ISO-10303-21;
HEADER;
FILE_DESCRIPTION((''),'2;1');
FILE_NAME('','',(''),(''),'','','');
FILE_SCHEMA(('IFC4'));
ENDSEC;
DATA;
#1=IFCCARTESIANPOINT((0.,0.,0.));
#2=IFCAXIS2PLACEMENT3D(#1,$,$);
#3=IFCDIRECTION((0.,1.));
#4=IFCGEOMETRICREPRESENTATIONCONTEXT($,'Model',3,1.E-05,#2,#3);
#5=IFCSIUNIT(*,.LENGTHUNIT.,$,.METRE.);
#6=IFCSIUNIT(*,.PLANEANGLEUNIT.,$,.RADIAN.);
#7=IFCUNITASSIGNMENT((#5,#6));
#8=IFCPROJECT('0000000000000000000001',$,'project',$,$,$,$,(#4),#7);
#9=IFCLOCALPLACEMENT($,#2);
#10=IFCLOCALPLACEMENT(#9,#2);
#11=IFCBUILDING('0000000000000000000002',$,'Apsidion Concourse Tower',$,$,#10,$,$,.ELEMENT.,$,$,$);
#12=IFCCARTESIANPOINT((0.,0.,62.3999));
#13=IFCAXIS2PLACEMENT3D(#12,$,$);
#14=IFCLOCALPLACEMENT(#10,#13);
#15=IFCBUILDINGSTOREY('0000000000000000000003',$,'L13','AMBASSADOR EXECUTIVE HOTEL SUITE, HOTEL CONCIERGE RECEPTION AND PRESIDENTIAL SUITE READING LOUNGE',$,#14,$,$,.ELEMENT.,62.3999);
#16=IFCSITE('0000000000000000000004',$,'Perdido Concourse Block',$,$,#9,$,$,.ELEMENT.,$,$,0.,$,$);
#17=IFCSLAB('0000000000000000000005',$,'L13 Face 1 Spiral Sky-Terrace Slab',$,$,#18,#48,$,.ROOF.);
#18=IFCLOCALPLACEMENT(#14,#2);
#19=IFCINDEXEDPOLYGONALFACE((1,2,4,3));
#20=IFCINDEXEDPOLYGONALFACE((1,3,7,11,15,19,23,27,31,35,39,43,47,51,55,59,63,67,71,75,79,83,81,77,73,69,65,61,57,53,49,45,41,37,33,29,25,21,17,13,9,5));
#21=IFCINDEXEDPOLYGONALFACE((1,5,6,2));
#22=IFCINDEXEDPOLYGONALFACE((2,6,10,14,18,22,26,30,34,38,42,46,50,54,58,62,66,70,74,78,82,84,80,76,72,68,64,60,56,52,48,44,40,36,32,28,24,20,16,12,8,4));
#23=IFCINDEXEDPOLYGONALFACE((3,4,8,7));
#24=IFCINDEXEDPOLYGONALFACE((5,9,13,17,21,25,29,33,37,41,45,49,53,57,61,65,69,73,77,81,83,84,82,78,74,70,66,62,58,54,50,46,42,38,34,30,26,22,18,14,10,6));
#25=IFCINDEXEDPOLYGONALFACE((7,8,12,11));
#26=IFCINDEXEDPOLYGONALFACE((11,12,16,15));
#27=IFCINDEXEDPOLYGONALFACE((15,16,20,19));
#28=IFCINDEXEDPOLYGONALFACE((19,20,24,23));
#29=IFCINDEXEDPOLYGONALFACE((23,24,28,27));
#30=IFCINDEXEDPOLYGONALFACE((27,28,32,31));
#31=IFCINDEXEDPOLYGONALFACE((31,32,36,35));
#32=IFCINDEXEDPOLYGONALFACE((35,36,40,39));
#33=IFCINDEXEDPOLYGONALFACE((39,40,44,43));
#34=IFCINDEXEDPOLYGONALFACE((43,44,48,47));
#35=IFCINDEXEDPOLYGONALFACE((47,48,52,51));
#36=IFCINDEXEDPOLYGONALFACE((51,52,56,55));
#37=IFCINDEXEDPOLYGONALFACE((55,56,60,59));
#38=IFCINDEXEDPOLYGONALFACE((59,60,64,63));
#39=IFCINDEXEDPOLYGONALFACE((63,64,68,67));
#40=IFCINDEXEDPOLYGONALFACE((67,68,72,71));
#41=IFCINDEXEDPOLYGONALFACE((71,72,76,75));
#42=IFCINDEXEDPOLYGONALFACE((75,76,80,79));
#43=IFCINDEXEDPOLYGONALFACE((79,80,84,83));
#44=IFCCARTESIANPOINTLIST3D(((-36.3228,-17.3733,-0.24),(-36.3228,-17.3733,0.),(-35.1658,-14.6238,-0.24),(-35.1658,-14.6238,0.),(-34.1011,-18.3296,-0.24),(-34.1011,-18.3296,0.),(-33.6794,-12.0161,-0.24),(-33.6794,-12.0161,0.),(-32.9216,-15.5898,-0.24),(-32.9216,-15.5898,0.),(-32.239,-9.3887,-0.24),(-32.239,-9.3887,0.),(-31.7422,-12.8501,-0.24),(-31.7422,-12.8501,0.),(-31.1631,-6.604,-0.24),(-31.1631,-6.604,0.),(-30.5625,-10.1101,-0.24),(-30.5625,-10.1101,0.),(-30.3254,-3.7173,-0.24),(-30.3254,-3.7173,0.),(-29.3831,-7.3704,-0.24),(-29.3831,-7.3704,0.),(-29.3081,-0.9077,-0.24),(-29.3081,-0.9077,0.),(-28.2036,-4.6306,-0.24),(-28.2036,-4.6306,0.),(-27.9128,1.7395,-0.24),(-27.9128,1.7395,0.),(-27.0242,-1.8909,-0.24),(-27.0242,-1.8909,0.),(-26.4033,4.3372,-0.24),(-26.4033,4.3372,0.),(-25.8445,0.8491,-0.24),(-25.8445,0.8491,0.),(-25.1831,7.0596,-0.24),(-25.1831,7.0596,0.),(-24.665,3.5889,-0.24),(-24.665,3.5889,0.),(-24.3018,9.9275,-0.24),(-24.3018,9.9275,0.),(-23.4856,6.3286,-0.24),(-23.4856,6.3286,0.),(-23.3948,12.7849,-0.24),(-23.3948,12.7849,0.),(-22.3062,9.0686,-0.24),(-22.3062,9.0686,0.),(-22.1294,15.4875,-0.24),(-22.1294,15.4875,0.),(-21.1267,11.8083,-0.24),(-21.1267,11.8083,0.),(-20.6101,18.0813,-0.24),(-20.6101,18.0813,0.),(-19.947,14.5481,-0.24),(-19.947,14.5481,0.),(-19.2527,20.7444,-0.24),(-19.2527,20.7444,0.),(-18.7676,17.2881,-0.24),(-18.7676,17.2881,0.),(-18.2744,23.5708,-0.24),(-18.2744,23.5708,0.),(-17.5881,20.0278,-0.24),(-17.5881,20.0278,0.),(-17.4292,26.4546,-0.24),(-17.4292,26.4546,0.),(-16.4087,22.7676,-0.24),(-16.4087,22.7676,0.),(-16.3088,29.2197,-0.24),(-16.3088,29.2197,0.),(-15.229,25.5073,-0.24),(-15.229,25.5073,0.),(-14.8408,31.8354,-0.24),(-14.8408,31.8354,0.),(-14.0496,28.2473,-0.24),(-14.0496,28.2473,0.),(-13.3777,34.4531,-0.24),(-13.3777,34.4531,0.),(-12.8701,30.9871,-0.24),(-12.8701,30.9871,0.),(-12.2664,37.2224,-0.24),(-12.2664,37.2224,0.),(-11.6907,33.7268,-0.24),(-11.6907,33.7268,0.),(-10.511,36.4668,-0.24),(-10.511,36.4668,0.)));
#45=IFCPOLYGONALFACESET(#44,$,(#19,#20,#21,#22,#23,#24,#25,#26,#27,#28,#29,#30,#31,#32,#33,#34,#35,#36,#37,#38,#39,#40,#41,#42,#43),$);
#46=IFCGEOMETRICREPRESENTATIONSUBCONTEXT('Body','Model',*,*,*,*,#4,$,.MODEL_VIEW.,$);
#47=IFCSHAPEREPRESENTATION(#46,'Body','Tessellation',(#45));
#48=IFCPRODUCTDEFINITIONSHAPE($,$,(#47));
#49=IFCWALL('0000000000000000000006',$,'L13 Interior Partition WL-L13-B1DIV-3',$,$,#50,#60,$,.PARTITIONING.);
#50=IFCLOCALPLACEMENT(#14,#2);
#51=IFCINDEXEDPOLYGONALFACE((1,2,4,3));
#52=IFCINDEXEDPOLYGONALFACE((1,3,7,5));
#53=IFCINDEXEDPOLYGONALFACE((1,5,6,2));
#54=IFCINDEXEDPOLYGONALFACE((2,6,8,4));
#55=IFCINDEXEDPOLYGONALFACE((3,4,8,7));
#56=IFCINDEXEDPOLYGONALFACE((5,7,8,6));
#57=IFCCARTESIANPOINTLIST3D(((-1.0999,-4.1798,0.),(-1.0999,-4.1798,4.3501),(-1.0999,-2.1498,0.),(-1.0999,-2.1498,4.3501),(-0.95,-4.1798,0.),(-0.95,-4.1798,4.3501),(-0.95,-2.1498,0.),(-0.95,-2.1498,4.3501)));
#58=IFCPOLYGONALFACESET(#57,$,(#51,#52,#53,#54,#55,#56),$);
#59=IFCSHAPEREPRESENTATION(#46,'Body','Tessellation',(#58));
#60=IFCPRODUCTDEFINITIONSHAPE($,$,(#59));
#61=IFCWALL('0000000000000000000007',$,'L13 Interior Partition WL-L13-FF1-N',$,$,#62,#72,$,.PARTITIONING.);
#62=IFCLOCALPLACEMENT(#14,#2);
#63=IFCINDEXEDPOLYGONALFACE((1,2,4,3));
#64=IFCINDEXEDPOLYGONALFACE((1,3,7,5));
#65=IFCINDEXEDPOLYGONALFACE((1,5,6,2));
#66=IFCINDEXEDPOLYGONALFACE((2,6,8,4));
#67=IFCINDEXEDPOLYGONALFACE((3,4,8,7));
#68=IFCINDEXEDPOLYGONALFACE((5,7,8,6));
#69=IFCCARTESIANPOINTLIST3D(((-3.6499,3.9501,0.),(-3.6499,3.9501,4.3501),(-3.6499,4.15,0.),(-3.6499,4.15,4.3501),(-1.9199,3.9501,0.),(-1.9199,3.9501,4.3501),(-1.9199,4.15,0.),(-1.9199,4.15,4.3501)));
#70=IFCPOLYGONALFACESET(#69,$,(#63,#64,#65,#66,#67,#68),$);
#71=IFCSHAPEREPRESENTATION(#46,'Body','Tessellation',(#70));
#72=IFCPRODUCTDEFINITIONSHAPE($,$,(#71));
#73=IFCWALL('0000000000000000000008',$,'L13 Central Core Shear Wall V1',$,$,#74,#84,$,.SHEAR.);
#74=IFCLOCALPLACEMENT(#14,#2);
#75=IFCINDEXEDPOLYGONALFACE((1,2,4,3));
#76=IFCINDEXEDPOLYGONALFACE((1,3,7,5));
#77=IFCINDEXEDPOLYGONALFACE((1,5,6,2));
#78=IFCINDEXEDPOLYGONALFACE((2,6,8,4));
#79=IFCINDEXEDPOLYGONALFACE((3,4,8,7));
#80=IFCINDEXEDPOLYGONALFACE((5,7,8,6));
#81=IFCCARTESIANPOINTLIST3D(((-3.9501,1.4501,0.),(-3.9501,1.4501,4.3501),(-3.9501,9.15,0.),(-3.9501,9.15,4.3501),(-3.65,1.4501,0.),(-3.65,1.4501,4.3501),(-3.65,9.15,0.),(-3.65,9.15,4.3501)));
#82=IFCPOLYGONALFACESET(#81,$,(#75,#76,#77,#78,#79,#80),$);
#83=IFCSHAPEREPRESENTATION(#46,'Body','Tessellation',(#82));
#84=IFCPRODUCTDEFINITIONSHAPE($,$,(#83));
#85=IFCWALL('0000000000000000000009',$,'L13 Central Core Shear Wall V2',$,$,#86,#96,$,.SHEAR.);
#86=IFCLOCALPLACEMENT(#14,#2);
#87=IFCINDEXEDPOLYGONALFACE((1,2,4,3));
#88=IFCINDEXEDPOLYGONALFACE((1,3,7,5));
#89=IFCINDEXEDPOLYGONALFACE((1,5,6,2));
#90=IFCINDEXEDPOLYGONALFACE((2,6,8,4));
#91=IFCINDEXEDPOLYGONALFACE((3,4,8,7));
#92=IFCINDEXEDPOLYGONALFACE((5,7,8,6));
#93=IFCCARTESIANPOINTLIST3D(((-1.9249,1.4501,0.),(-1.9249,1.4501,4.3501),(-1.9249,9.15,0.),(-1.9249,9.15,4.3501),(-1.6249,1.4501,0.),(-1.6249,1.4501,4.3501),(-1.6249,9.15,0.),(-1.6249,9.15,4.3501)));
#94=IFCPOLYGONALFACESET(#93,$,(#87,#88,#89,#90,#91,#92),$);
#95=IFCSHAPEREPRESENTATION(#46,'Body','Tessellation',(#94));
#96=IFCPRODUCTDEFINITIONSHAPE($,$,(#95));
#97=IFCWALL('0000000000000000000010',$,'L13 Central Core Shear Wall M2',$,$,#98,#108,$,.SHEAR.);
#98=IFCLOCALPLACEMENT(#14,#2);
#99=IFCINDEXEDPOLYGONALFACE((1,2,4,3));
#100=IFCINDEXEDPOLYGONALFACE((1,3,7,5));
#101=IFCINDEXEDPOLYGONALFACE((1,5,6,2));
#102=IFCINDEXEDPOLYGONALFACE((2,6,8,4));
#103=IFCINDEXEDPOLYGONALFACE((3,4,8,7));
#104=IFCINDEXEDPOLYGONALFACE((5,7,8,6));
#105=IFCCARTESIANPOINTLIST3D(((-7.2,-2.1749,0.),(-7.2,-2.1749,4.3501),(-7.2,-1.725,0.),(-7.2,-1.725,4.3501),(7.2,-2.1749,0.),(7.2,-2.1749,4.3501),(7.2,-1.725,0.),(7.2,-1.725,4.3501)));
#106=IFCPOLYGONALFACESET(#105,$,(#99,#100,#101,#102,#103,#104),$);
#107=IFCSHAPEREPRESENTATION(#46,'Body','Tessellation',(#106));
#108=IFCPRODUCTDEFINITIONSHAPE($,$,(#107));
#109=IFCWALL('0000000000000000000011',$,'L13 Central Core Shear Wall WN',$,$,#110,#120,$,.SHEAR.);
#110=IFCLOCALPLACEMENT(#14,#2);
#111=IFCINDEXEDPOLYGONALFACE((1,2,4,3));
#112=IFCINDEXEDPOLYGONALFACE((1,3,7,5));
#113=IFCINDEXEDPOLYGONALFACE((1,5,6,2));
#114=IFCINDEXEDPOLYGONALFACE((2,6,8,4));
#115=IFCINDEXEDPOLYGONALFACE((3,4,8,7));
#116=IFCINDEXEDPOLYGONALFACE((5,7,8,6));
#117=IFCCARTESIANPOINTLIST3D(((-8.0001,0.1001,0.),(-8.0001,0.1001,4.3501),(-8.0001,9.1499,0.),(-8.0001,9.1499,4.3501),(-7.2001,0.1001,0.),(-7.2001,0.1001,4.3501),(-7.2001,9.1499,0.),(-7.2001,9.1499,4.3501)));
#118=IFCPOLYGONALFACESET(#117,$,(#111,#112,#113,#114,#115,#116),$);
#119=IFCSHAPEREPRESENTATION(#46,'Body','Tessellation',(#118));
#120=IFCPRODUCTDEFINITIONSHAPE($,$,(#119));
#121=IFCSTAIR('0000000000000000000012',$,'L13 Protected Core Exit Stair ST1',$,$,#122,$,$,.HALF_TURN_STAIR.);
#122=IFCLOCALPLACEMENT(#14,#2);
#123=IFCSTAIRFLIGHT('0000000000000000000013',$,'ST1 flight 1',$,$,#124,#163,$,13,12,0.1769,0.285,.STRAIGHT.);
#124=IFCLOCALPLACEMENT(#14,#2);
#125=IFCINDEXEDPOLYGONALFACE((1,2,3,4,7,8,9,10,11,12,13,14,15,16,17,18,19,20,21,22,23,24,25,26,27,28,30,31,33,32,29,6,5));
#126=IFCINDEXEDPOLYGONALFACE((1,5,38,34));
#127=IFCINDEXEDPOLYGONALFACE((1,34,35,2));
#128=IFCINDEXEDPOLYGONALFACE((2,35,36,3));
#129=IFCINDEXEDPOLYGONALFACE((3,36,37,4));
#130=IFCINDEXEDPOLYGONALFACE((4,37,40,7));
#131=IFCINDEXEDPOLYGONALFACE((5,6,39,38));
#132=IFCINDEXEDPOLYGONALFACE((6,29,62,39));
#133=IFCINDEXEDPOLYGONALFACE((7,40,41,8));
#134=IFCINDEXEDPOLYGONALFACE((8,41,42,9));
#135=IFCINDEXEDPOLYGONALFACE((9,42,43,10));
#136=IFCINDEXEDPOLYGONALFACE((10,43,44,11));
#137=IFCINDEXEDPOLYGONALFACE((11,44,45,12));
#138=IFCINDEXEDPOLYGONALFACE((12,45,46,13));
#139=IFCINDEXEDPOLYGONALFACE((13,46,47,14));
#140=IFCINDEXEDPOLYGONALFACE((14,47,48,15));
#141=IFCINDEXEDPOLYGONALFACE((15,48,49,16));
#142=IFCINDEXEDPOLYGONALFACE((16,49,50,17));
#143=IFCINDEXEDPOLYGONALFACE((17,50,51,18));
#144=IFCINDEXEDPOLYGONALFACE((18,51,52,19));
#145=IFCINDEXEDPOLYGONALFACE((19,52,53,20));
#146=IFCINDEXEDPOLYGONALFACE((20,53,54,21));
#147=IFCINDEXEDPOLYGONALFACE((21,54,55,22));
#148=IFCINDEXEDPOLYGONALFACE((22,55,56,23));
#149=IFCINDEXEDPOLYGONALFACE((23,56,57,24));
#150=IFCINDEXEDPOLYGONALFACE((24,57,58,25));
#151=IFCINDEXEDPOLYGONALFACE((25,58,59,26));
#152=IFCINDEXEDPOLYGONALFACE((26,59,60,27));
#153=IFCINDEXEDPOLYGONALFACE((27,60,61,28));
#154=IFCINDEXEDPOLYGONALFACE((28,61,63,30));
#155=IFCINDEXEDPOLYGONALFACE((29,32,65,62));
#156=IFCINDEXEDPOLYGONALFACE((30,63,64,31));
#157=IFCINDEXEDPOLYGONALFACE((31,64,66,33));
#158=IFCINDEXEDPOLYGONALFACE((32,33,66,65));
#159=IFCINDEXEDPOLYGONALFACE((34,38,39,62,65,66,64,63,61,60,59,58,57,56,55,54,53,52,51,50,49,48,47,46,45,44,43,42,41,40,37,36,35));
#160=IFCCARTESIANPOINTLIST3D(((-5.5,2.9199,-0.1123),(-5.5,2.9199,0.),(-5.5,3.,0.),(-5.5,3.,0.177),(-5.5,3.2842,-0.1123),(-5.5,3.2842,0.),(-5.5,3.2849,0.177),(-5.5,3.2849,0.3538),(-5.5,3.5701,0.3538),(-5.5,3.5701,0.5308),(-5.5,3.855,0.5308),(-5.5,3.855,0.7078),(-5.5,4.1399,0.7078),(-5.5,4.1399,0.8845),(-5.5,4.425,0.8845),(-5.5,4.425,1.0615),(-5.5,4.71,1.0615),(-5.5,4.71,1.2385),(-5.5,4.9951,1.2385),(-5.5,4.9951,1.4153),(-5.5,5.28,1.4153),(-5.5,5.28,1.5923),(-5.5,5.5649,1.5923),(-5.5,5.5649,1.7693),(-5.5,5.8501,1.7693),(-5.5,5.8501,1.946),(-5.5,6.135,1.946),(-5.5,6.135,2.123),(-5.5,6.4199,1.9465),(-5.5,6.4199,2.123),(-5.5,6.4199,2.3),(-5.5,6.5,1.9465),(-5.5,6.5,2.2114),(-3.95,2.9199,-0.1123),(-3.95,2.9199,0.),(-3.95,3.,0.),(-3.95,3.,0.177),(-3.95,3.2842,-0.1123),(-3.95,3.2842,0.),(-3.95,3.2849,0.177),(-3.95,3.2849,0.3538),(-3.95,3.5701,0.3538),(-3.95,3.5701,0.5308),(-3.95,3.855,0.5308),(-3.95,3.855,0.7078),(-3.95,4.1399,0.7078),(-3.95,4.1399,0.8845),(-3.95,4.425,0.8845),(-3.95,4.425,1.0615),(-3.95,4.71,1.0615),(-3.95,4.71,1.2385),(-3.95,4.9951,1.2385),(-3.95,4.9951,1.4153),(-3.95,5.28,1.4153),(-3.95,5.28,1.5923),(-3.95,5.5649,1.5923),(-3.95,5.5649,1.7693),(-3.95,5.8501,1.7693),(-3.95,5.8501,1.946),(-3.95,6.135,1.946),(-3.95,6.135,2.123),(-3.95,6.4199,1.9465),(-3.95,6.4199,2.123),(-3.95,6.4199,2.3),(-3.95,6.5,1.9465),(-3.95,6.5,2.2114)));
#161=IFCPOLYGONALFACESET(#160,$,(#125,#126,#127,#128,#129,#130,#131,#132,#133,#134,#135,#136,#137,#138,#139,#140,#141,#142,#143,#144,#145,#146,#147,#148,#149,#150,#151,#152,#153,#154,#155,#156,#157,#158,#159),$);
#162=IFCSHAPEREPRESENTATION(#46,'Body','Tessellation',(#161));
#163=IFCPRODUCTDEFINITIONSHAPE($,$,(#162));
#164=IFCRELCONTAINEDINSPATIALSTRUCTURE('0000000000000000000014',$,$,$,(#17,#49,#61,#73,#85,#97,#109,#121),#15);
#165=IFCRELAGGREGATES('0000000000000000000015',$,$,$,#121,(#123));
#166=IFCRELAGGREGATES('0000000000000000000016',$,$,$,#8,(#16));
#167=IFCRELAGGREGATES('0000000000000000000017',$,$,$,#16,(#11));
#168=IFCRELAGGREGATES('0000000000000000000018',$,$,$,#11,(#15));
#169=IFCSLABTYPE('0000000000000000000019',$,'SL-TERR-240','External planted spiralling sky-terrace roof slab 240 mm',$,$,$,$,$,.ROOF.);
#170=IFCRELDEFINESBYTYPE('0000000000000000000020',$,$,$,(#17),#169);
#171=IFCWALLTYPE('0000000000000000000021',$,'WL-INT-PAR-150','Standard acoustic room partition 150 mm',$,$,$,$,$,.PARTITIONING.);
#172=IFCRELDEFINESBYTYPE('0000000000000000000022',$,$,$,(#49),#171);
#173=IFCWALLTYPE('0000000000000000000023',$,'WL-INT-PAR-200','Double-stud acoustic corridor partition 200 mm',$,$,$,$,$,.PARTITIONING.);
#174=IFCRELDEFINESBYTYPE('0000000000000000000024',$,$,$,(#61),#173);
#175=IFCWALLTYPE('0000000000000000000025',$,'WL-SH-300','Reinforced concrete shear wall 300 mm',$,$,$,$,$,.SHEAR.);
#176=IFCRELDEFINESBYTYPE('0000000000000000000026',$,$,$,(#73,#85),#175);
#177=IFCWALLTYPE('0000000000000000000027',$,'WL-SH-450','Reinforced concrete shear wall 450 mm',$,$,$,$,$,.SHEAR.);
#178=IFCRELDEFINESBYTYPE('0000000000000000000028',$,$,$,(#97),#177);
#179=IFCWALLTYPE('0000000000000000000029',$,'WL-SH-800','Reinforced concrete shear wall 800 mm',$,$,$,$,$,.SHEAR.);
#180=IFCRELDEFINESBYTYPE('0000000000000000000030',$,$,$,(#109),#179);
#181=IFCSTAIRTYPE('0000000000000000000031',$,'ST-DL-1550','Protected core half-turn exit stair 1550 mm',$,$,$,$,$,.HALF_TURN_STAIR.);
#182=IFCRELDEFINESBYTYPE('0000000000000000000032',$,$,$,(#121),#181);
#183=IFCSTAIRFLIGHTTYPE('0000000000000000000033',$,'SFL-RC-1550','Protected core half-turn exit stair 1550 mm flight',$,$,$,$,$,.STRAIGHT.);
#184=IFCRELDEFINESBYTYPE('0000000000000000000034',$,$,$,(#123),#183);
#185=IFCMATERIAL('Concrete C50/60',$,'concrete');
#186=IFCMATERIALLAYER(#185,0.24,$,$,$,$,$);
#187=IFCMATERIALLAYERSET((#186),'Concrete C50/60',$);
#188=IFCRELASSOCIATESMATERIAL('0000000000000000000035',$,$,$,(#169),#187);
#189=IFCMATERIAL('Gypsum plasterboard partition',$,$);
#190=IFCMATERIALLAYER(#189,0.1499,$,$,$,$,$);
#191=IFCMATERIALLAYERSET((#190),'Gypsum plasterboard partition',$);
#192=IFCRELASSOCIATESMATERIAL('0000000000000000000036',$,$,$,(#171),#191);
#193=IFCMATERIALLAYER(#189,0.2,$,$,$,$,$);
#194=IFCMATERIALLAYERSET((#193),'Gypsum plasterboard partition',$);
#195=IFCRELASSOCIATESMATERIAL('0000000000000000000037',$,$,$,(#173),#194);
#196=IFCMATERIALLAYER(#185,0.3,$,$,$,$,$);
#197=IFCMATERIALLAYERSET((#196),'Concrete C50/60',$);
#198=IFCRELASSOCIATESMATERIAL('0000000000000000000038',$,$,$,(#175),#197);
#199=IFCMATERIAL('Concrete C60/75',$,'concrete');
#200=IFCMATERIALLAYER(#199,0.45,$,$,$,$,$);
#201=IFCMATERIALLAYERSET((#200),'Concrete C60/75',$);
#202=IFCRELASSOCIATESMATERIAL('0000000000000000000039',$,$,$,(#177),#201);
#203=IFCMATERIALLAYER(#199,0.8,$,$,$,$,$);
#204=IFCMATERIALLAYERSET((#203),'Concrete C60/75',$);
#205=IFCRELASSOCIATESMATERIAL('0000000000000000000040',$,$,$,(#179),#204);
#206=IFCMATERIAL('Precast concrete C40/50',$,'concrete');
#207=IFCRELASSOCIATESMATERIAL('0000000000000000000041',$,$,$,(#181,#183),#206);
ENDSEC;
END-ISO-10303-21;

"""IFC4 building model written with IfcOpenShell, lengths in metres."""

from ifc_helpers import new_model, si_unit, direction, frame, frame_2d, origin, place, context, subcontext, project, spatial, polyline, rectangle, outline, extrude, material, layer, layer_set, type_object, element, aggregate, save


model = new_model("IFC4")

# Units and contexts
model_context = context("Model", 3, precision=1e-05, world=origin(), true_north=direction((0.0, 1.0)))
body_context = subcontext(model_context, "Body", "Model", "MODEL_VIEW")
ifc_project = project(units=[si_unit("LENGTHUNIT", "METRE"), si_unit("PLANEANGLEUNIT", "RADIAN")], contexts=[model_context])

# Site, building, storey
site_placement = place(None, origin())
site = spatial("IfcSite", under=ifc_project, at=site_placement, Name="Perdido Concourse Block", CompositionType="ELEMENT", RefElevation=0.0)
building_placement = place(site_placement, origin())
building = spatial("IfcBuilding", under=site, at=building_placement, Name="Apsidion Concourse Tower", CompositionType="ELEMENT")
storey_placement = place(building_placement, frame((0.0, 0.0, 62.3999)))
storey = spatial("IfcBuildingStorey", under=building, at=storey_placement, Name="L13", Description="AMBASSADOR EXECUTIVE HOTEL SUITE, HOTEL CONCIERGE RECEPTION AND PRESIDENTIAL SUITE READING LOUNGE", CompositionType="ELEMENT", Elevation=62.3999)

# Shared definitions
ifc_material_1 = material(Name="Concrete C60/75", Category="concrete")

# Slab
ifc_material_2 = material(Name="Concrete C50/60", Category="concrete")
ifc_layer_1 = layer(ifc_material_2, 0.24)
ifc_layer_set_1 = layer_set([ifc_layer_1], Name="Concrete C50/60")
slab_type_1 = type_object("IfcSlabType", Name="SL-TERR-240", Description="External planted spiralling sky-terrace roof slab 240 mm", PredefinedType="ROOF", material=ifc_layer_set_1)
slab_1_placement = place(storey_placement, frame((0.0, 0.0, -0.24)))
element("IfcSlab", 1, at=slab_1_placement, inside=storey, type_object=slab_type_1, Name="L13 Face 1 Spiral Sky-Terrace Slab", PredefinedType="ROOF", context=body_context, shape_type="SweptSolid", body=[
    extrude(outline(polyline([(-10.511, 36.4668), (-11.6907, 33.7268), (-12.8701, 30.9871), (-14.0496, 28.2473), (-15.229, 25.5073), (-16.4087, 22.7676), (-17.5881, 20.0278), (-18.7676, 17.2881), (-19.947, 14.5481), (-21.1267, 11.8083), (-22.3062, 9.0686), (-23.4856, 6.3286), (-24.665, 3.5889), (-25.8445, 0.8491), (-27.0242, -1.8909), (-28.2036, -4.6306), (-29.3831, -7.3704), (-30.5625, -10.1101), (-31.7422, -12.8501), (-32.9216, -15.5898), (-34.1011, -18.3296), (-36.3228, -17.3733), (-35.1658, -14.6238), (-33.6794, -12.0161), (-32.239, -9.3887), (-31.1631, -6.604), (-30.3254, -3.7173), (-29.3081, -0.9077), (-27.9128, 1.7395), (-26.4033, 4.3372), (-25.1831, 7.0596), (-24.3018, 9.9275), (-23.3948, 12.7849), (-22.1294, 15.4875), (-20.6101, 18.0813), (-19.2527, 20.7444), (-18.2744, 23.5708), (-17.4292, 26.4546), (-16.3088, 29.2197), (-14.8408, 31.8354), (-13.3777, 34.4531), (-12.2664, 37.2224), (-10.511, 36.4668)])), origin(), (0.0, 0.0, 1.0), 0.24),
])

# Walls
ifc_material_3 = material(Name="Gypsum plasterboard partition")
ifc_layer_2 = layer(ifc_material_3, 0.1499)
ifc_layer_set_2 = layer_set([ifc_layer_2], Name="Gypsum plasterboard partition")
wall_type_1 = type_object("IfcWallType", Name="WL-INT-PAR-150", Description="Standard acoustic room partition 150 mm", PredefinedType="PARTITIONING", material=ifc_layer_set_2)
wall_1_placement = place(storey_placement, frame((-1.0249, -4.1799, 0.0), z_axis=(0.0, 0.0, 1.0), x_axis=(0.0, 1.0, 0.0)))
element("IfcWall", 2, at=wall_1_placement, inside=storey, type_object=wall_type_1, Name="L13 Interior Partition WL-L13-B1DIV-3", PredefinedType="PARTITIONING", context=body_context, shape_type="SweptSolid", body=[
    extrude(rectangle(XDim=2.03, YDim=0.1499, at=frame_2d((1.0151, 0.0))), origin(), (0.0, 0.0, 1.0), 4.3501),
])
ifc_layer_3 = layer(ifc_material_3, 0.2)
ifc_layer_set_3 = layer_set([ifc_layer_3], Name="Gypsum plasterboard partition")
wall_type_2 = type_object("IfcWallType", Name="WL-INT-PAR-200", Description="Double-stud acoustic corridor partition 200 mm", PredefinedType="PARTITIONING", material=ifc_layer_set_3)
wall_2_placement = place(storey_placement, frame((-3.6499, 4.05, 0.0), z_axis=(0.0, 0.0, 1.0), x_axis=(1.0, 0.0, 0.0)))
element("IfcWall", 3, at=wall_2_placement, inside=storey, type_object=wall_type_2, Name="L13 Interior Partition WL-L13-FF1-N", PredefinedType="PARTITIONING", context=body_context, shape_type="SweptSolid", body=[
    extrude(rectangle(XDim=1.73, YDim=0.2, at=frame_2d((0.865, 0.0))), origin(), (0.0, 0.0, 1.0), 4.3501),
])

# Walls
ifc_layer_4 = layer(ifc_material_2, 0.3)
ifc_layer_set_4 = layer_set([ifc_layer_4], Name="Concrete C50/60")
wall_type_3 = type_object("IfcWallType", Name="WL-SH-300", Description="Reinforced concrete shear wall 300 mm", PredefinedType="SHEAR", material=ifc_layer_set_4)
for number, where, z_axis, x_axis, name in (
    (4, (-3.8, 1.45, 0.0), (0.0, 0.0, 1.0), (0.0, 1.0, 0.0), "L13 Central Core Shear Wall V1"),
    (5, (-1.7749, 1.45, 0.0), (0.0, 0.0, 1.0), (0.0, 1.0, 0.0), "L13 Central Core Shear Wall V2"),
):
    element("IfcWall", number, at=place(storey_placement, frame(where, z_axis=z_axis, x_axis=x_axis)), inside=storey, type_object=wall_type_3, Name=name, PredefinedType="SHEAR", context=body_context, shape_type="SweptSolid", body=[
        extrude(rectangle(XDim=7.7, YDim=0.3, at=frame_2d((3.8501, 0.0))), origin(), (0.0, 0.0, 1.0), 4.3501),
    ])

# Shared definitions
ifc_layer_5 = layer(ifc_material_1, 0.45)
ifc_layer_set_5 = layer_set([ifc_layer_5], Name="Concrete C60/75")
wall_type_4 = type_object("IfcWallType", Name="WL-SH-450", Description="Reinforced concrete shear wall 450 mm", PredefinedType="SHEAR", material=ifc_layer_set_5)

# Walls
wall_3_placement = place(storey_placement, frame((-7.2, -1.95, 0.0), z_axis=(0.0, 0.0, 1.0), x_axis=(1.0, 0.0, 0.0)))
element("IfcWall", 6, at=wall_3_placement, inside=storey, type_object=wall_type_4, Name="L13 Central Core Shear Wall M2", PredefinedType="SHEAR", context=body_context, shape_type="SweptSolid", body=[
    extrude(rectangle(XDim=14.3999, YDim=0.45, at=frame_2d((7.2, 0.0))), origin(), (0.0, 0.0, 1.0), 4.3501),
])
ifc_layer_6 = layer(ifc_material_1, 0.8)
ifc_layer_set_6 = layer_set([ifc_layer_6], Name="Concrete C60/75")
wall_type_5 = type_object("IfcWallType", Name="WL-SH-800", Description="Reinforced concrete shear wall 800 mm", PredefinedType="SHEAR", material=ifc_layer_set_6)
wall_4_placement = place(storey_placement, frame((-7.6001, 0.1001, 0.0), z_axis=(0.0, 0.0, 1.0), x_axis=(0.0, 1.0, 0.0)))
element("IfcWall", 7, at=wall_4_placement, inside=storey, type_object=wall_type_5, Name="L13 Central Core Shear Wall WN", PredefinedType="SHEAR", context=body_context, shape_type="SweptSolid", body=[
    extrude(rectangle(XDim=9.0498, YDim=0.8, at=frame_2d((4.5249, 0.0))), origin(), (0.0, 0.0, 1.0), 4.3501),
])

# Stair, stair flight
ifc_material_4 = material(Name="Precast concrete C40/50", Category="concrete")
stair_type = type_object("IfcStairType", Name="ST-DL-1550", Description="Protected core half-turn exit stair 1550 mm", PredefinedType="HALF_TURN_STAIR", material=ifc_material_4)
stair_placement = place(storey_placement, origin())
stair = element("IfcStair", 8, at=stair_placement, inside=storey, type_object=stair_type, Name="L13 Protected Core Exit Stair ST1", PredefinedType="HALF_TURN_STAIR")
stair_flight_type = type_object("IfcStairFlightType", Name="SFL-RC-1550", Description="Protected core half-turn exit stair 1550 mm flight", PredefinedType="STRAIGHT", material=ifc_material_4)
stair_flight_placement = place(storey_placement, frame((-4.7251, 3.0, 0.0), z_axis=(0.0, 0.0, 1.0), x_axis=(0.0, 1.0, 0.0)))
stair_flight = element("IfcStairFlight", 9, at=stair_flight_placement, type_object=stair_flight_type, Name="ST1 flight 1", NumberOfRisers=13, NumberOfTreads=12, PredefinedType="STRAIGHT", RiserHeight=0.1769, TreadLength=0.285, context=body_context, shape_type="SweptSolid", body=[
    extrude(outline(polyline([(-0.0801, -0.1123), (-0.0801, 0.0), (0.0, 0.0), (0.0, 0.177), (0.2849, 0.177), (0.2849, 0.3538), (0.5701, 0.3538), (0.5701, 0.5308), (0.855, 0.5308), (0.855, 0.7078), (1.1399, 0.7078), (1.1399, 0.8845), (1.425, 0.8845), (1.425, 1.0615), (1.71, 1.0615), (1.71, 1.2385), (1.9951, 1.2385), (1.9951, 1.4153), (2.28, 1.4153), (2.28, 1.5923), (2.5649, 1.5923), (2.5649, 1.7693), (2.8501, 1.7693), (2.8501, 1.946), (3.135, 1.946), (3.135, 2.123), (3.4199, 2.123), (3.4199, 2.3), (3.5, 2.2114), (3.5, 1.9465), (3.4199, 1.9465), (0.2842, 0.0), (0.2842, -0.1123), (-0.0801, -0.1123)])), frame((0.0, 0.7749, 0.0), z_axis=(0.0, -1.0, 0.0), x_axis=(1.0, 0.0, 0.0)), (0.0, 0.0, 1.0), 1.55),
])
aggregate(stair, [stair_flight])

save(model, "model.ifc")
